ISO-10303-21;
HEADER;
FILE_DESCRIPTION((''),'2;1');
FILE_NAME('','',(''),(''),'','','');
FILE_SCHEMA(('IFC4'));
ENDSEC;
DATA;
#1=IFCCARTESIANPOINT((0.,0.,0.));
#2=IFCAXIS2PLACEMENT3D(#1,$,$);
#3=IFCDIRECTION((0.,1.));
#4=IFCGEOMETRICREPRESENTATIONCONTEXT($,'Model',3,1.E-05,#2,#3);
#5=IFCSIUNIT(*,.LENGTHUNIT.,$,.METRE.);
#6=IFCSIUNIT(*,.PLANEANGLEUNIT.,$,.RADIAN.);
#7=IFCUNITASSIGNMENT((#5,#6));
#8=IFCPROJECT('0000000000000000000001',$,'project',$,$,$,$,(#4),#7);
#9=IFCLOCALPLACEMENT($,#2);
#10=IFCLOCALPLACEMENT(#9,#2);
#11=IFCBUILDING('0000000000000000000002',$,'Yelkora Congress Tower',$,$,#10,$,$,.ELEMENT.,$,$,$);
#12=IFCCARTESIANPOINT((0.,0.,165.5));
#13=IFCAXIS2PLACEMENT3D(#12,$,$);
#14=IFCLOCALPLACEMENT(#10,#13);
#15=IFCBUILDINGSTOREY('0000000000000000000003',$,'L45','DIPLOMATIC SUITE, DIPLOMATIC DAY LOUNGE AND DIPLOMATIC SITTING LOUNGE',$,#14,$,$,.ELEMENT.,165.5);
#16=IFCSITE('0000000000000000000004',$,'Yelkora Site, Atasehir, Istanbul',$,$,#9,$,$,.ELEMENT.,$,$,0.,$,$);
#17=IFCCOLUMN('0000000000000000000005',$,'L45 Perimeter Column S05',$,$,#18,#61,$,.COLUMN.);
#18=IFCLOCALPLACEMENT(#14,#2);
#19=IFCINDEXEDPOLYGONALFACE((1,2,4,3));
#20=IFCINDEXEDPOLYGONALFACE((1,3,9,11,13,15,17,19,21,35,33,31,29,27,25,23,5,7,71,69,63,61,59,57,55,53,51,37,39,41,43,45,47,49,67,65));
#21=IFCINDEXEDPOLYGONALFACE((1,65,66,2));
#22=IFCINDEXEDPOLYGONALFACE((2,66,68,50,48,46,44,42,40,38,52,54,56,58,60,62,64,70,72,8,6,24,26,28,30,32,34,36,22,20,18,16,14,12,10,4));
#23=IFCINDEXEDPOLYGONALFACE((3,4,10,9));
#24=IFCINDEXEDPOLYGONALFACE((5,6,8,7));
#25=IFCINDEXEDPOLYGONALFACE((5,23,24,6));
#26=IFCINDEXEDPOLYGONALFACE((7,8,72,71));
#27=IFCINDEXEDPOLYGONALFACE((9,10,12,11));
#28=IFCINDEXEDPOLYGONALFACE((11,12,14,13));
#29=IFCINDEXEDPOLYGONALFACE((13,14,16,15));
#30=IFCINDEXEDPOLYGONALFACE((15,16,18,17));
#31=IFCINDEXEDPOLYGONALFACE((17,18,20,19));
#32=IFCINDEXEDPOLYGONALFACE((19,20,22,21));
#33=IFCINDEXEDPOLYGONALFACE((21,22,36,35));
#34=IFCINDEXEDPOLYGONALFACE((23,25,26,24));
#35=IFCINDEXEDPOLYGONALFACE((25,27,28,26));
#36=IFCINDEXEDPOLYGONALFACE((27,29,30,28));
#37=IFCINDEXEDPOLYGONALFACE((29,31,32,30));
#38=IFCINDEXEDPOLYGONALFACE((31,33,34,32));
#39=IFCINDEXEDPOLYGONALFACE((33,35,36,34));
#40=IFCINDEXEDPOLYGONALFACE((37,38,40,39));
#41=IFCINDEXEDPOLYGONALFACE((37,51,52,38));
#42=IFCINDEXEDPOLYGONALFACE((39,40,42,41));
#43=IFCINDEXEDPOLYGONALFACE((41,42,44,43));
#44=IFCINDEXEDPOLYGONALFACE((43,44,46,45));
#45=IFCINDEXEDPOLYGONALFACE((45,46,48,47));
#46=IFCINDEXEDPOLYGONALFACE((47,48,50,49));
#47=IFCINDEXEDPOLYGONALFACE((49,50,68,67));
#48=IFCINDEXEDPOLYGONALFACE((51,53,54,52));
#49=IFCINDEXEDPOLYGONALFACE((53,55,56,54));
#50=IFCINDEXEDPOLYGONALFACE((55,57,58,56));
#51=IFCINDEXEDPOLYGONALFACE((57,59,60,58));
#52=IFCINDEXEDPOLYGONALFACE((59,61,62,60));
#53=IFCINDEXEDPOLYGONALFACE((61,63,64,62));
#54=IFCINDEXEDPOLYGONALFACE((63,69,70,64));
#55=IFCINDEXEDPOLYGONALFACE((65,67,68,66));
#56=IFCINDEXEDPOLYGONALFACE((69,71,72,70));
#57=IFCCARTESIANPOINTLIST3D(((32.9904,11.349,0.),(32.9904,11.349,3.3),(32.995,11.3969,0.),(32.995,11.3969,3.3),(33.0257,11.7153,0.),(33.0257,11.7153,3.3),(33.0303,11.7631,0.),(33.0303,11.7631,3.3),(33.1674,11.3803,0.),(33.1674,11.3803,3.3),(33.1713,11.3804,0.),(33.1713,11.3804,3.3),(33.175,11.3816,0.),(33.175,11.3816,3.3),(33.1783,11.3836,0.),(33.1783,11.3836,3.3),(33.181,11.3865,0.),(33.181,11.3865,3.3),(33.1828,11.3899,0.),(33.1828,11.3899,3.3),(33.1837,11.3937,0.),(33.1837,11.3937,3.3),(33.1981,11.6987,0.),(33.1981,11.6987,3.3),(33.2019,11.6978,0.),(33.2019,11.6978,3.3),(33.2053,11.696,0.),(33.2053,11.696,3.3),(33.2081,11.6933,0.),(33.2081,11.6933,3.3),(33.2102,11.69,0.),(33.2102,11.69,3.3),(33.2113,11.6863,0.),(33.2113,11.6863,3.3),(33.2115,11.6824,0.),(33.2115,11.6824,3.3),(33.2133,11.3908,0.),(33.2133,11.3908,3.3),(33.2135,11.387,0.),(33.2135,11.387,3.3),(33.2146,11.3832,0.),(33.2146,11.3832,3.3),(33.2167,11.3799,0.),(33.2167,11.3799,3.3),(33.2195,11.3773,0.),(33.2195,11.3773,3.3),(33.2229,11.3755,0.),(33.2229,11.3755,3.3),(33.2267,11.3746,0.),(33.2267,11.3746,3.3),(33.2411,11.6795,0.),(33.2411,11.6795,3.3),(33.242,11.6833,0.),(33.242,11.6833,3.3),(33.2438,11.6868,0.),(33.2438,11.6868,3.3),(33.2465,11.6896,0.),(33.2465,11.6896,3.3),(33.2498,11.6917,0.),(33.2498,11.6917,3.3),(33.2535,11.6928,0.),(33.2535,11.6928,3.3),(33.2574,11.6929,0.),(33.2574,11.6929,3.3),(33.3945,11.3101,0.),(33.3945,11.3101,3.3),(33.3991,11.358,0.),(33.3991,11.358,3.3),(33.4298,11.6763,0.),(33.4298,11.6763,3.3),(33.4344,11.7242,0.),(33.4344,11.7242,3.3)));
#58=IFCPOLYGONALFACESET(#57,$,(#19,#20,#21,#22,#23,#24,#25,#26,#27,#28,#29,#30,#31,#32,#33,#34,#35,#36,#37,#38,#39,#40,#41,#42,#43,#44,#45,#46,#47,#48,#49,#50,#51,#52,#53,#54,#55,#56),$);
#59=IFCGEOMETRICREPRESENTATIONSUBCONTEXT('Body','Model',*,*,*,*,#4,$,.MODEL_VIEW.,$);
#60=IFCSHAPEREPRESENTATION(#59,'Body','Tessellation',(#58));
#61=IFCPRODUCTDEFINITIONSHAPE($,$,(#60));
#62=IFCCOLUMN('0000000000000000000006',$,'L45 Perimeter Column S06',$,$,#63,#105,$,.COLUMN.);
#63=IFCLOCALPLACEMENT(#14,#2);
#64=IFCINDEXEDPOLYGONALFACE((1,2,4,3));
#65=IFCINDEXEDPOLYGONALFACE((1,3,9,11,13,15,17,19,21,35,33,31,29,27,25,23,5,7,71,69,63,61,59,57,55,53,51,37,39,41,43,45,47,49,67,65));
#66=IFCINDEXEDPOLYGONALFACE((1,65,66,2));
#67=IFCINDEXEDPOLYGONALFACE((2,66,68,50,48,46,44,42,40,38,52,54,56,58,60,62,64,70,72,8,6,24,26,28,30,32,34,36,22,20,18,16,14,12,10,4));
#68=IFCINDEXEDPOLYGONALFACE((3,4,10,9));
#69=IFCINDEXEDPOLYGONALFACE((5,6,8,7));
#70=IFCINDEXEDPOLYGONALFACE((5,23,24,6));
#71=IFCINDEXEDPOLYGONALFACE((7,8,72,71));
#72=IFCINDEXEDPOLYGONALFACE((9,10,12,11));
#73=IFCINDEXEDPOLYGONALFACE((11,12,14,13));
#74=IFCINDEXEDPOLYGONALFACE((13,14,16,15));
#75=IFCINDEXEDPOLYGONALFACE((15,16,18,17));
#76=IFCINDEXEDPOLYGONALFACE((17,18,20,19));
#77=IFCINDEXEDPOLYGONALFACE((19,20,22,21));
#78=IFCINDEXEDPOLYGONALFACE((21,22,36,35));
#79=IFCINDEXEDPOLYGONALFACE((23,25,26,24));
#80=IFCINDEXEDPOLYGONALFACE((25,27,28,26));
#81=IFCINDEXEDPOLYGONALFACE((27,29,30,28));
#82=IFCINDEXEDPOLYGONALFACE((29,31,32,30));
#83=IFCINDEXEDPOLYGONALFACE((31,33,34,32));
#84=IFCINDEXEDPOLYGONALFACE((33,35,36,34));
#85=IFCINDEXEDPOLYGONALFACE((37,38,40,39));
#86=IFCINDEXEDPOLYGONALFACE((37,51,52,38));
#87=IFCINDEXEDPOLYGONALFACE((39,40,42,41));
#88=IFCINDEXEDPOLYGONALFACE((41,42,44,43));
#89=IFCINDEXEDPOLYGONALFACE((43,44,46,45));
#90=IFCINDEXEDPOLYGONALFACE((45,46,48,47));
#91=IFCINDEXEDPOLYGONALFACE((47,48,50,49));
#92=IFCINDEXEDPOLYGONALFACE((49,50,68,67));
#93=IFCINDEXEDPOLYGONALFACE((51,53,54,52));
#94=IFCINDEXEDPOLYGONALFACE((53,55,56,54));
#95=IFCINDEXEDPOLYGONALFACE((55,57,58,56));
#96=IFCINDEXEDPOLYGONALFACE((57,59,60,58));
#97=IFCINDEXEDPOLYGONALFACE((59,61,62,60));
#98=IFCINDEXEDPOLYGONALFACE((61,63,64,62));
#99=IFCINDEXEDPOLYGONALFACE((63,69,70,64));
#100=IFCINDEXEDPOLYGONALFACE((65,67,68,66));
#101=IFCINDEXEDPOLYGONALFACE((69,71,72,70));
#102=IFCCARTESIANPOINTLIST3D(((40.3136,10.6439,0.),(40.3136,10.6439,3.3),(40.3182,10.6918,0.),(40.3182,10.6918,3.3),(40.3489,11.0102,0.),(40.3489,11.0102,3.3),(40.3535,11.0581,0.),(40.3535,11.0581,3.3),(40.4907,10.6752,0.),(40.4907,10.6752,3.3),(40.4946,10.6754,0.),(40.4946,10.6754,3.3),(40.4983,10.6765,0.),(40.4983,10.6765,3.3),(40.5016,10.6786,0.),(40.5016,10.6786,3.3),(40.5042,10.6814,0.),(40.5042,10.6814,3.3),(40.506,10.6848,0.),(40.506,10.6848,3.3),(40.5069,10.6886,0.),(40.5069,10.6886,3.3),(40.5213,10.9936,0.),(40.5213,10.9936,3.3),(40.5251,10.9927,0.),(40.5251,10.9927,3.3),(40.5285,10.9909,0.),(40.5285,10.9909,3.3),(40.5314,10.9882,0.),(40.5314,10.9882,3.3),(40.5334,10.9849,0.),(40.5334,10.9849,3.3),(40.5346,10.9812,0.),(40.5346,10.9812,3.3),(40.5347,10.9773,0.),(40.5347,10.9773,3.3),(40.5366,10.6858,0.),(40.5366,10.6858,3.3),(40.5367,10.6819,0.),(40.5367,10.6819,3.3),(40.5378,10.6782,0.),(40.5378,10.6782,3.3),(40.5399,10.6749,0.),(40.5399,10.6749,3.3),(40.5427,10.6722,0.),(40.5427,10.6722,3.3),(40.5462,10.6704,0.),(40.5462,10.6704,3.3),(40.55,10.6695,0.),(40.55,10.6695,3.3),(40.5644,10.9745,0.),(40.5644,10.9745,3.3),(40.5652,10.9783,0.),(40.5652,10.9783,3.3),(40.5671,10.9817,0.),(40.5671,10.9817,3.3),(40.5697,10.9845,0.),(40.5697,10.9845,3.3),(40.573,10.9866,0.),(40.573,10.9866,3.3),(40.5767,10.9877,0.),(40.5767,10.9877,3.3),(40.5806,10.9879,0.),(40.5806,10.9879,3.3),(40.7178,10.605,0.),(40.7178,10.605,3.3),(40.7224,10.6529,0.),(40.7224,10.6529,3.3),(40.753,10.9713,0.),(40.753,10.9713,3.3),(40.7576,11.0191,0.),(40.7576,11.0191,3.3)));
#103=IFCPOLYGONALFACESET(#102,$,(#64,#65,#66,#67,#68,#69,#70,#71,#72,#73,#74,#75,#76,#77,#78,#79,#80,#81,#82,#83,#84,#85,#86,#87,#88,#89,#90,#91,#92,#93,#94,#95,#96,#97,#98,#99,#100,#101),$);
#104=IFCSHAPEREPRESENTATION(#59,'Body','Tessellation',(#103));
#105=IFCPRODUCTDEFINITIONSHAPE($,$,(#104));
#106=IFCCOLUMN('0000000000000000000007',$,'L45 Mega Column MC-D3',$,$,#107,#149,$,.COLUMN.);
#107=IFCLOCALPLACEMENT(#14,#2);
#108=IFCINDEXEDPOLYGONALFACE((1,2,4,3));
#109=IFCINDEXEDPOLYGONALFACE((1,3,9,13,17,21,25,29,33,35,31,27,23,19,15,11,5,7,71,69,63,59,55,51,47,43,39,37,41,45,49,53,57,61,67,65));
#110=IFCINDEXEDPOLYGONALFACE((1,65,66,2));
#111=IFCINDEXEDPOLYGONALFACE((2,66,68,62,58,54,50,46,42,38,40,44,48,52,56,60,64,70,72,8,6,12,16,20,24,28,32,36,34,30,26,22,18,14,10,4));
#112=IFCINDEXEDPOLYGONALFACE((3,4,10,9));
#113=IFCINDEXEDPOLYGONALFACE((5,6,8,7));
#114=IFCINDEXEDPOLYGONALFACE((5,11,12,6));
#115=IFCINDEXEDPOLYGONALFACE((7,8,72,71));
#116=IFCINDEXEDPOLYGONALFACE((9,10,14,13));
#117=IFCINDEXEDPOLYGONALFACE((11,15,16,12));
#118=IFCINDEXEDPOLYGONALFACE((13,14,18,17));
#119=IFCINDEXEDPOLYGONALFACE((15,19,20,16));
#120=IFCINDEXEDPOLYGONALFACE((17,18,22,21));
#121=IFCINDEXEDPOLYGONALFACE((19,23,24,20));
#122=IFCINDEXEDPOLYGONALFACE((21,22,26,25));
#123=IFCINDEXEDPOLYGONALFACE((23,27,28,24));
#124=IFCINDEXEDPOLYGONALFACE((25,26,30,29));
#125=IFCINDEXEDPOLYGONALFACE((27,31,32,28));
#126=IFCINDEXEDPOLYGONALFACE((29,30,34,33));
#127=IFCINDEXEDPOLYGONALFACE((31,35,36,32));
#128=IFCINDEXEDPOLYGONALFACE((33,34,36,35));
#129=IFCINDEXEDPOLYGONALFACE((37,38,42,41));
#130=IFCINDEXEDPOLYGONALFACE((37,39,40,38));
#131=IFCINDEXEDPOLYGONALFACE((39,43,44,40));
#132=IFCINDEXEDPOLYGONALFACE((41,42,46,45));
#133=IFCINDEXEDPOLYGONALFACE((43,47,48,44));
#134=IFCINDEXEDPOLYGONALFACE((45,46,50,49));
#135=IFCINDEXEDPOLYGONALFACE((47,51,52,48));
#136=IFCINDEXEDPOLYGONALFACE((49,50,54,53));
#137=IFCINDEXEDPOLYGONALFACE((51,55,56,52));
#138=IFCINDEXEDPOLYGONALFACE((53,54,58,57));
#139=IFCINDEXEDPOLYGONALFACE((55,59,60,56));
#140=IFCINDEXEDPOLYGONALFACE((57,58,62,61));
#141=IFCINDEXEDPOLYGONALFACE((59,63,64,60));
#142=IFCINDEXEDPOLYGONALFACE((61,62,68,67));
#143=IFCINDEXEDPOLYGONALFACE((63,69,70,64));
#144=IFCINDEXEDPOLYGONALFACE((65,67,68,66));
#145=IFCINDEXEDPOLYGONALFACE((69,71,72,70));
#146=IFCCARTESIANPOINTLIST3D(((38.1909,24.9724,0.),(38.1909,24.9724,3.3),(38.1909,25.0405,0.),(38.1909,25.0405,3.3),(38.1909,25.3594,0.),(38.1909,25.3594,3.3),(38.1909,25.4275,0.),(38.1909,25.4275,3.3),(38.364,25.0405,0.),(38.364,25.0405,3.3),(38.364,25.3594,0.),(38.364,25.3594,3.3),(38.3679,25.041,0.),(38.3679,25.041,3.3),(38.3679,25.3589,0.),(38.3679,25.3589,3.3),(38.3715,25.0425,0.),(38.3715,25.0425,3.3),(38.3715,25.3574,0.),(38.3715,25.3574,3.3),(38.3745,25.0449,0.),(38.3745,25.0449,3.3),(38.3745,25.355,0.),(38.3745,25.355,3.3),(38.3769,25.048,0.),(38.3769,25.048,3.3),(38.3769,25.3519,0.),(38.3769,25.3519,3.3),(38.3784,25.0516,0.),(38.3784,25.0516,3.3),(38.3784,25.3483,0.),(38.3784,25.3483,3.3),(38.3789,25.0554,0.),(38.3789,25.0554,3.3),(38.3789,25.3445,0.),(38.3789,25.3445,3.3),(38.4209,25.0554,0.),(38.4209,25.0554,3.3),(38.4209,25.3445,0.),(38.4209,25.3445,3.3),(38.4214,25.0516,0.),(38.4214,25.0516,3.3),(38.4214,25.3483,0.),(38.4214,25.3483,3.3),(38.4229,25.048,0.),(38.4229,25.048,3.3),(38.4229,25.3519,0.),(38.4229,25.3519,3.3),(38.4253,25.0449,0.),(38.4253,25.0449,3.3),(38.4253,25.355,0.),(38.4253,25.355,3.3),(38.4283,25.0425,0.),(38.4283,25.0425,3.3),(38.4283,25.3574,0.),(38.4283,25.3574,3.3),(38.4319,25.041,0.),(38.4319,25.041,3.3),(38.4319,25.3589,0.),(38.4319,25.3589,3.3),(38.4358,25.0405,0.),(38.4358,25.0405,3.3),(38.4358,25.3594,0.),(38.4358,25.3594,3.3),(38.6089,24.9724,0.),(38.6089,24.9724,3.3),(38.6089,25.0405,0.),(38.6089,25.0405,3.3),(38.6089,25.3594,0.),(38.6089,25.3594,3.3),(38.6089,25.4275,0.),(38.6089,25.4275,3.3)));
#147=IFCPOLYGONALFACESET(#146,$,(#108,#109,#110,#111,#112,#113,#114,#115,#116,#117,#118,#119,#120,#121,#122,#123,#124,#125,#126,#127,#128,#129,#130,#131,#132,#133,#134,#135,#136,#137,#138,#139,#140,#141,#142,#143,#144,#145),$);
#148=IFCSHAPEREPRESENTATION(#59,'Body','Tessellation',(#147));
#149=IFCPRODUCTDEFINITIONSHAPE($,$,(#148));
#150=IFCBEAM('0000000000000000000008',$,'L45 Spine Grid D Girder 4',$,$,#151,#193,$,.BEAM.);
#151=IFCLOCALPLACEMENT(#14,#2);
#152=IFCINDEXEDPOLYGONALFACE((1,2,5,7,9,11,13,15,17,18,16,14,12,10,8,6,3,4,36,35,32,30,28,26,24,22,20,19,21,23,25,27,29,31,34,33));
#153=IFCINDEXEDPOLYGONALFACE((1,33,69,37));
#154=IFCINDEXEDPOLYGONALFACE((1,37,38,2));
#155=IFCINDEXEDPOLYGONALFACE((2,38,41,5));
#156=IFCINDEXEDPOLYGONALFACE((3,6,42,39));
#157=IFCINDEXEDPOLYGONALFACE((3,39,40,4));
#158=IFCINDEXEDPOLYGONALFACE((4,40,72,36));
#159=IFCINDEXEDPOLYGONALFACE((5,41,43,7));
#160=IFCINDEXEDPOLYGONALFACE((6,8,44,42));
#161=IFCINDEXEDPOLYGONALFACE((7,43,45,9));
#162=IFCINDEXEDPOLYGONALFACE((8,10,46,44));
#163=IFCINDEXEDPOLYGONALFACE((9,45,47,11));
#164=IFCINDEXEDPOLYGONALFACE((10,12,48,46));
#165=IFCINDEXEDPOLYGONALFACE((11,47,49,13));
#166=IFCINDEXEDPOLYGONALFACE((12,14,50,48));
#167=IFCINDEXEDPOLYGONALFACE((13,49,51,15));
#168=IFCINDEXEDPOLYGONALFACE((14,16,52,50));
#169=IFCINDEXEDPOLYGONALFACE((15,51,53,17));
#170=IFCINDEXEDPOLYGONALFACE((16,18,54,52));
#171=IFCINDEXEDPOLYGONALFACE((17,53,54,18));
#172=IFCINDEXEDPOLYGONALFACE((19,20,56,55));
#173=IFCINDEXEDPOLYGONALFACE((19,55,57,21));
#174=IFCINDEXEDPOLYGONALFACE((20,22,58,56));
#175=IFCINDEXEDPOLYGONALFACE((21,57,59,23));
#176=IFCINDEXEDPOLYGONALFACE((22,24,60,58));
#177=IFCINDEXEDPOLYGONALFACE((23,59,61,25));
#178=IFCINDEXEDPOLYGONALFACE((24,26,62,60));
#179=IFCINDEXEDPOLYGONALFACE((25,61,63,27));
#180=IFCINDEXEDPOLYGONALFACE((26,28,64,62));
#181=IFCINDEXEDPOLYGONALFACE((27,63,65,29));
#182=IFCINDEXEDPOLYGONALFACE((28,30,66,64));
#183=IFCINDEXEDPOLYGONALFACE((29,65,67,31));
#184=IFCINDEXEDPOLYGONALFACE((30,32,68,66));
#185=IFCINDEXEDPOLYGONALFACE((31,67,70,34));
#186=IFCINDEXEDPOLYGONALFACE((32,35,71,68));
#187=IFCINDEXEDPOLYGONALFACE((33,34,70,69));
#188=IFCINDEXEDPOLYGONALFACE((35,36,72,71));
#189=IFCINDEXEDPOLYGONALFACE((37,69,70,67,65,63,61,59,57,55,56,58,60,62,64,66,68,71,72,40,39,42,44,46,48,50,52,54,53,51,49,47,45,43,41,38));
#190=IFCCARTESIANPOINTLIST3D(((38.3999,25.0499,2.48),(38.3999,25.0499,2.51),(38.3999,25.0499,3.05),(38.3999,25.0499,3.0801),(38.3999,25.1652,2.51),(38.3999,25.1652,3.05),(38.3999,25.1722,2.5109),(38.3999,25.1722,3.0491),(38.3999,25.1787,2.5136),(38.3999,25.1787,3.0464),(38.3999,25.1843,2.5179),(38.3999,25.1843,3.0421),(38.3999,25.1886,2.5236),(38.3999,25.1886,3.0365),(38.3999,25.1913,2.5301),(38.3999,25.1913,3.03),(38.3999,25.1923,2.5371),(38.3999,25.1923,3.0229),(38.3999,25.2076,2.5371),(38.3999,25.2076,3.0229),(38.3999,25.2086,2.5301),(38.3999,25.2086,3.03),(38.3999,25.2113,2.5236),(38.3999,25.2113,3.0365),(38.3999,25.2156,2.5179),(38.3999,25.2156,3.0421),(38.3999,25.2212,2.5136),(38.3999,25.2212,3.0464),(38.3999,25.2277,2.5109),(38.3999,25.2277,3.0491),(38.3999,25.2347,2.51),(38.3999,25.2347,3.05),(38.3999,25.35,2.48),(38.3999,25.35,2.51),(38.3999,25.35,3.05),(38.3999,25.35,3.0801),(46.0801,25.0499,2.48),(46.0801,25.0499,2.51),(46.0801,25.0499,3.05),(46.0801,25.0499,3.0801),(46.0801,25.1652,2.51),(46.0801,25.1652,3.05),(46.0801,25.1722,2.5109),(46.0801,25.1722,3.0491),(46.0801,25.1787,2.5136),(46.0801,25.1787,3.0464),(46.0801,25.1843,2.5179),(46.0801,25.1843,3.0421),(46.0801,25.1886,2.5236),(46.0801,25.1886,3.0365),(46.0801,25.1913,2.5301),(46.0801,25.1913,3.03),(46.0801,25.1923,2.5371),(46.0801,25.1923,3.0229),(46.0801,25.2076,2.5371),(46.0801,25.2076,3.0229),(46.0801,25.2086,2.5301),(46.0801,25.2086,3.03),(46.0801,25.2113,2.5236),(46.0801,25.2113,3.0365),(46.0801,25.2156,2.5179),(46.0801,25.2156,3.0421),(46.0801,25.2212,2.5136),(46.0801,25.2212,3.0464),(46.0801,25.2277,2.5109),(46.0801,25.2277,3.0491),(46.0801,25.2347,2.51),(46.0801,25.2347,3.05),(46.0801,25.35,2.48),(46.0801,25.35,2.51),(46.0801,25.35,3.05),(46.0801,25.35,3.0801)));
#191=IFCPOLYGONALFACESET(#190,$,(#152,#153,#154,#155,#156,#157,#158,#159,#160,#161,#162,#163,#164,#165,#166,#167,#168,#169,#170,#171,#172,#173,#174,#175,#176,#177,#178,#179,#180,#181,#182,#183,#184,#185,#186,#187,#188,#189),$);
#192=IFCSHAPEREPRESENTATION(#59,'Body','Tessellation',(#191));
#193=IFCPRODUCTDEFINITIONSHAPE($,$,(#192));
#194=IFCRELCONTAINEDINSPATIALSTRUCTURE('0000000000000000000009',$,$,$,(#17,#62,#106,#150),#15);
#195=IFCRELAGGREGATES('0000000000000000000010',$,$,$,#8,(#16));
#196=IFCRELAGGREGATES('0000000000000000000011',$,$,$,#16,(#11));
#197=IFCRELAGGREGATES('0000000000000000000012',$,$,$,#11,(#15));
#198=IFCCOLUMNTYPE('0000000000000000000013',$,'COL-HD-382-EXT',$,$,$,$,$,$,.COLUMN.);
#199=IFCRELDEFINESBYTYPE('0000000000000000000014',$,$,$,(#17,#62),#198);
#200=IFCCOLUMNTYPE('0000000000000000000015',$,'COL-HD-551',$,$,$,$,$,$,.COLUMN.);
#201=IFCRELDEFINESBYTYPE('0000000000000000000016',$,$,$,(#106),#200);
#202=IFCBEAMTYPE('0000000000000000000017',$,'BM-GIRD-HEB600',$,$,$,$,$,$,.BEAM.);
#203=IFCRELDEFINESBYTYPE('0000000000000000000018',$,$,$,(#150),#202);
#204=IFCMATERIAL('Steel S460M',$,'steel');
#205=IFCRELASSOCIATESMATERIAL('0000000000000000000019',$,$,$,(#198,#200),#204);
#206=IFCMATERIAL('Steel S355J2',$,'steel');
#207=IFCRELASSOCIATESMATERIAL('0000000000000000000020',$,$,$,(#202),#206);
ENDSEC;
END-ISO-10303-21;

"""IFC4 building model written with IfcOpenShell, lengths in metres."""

from ifc_helpers import new_model, si_unit, direction, frame, origin, origin_2d, place, context, subcontext, project, spatial, i_section, extrude, material, material_profile, profile_set, type_object, element, save


model = new_model("IFC4")

# Units and contexts
model_context = context("Model", 3, precision=1e-05, world=origin(), true_north=direction((0.0, 1.0)))
body_context = subcontext(model_context, "Body", "Model", "MODEL_VIEW")
ifc_project = project(units=[si_unit("LENGTHUNIT", "METRE"), si_unit("PLANEANGLEUNIT", "RADIAN")], contexts=[model_context])

# Site, building, storey
site_placement = place(None, origin())
site = spatial("IfcSite", under=ifc_project, at=site_placement, Name="Yelkora Site, Atasehir, Istanbul", CompositionType="ELEMENT", RefElevation=0.0)
building_placement = place(site_placement, origin())
building = spatial("IfcBuilding", under=site, at=building_placement, Name="Yelkora Congress Tower", CompositionType="ELEMENT")
storey_placement = place(building_placement, frame((0.0, 0.0, 165.5)))
storey = spatial("IfcBuildingStorey", under=building, at=storey_placement, Name="L45", Description="DIPLOMATIC SUITE, DIPLOMATIC DAY LOUNGE AND DIPLOMATIC SITTING LOUNGE", CompositionType="ELEMENT", Elevation=165.5)

# Columns
ifc_material_1 = material(Name="Steel S460M", Category="steel")
ifc_material_profile_1 = material_profile(ifc_material_1, i_section(OverallWidth=0.406, OverallDepth=0.416, WebThickness=0.0298, FlangeThickness=0.0481, FilletRadius=0.0149, at=origin_2d()), Name="HD 400x382")
ifc_profile_set_1 = profile_set([ifc_material_profile_1], Name="Steel S460M")
column_type_1 = type_object("IfcColumnType", Name="COL-HD-382-EXT", PredefinedType="COLUMN", material=ifc_profile_set_1)
for number, where, z_axis, x_axis, name in (
    (1, (33.2124, 11.5366, 0.0), (0.0, 0.0, 1.0), (0.995396, -0.095846, 0.0), "L45 Perimeter Column S05"),
    (2, (40.5356, 10.8315, 0.0), (0.0, 0.0, 1.0), (0.995396, -0.095846, 0.0), "L45 Perimeter Column S06"),
):
    element("IfcColumn", number, at=place(storey_placement, frame(where, z_axis=z_axis, x_axis=x_axis)), inside=storey, type_object=column_type_1, Name=name, PredefinedType="COLUMN", context=body_context, shape_type="SweptSolid", body=[
        extrude(i_section(OverallWidth=0.406, OverallDepth=0.416, WebThickness=0.0298, FlangeThickness=0.0481, FilletRadius=0.0149, at=origin_2d()), origin(), (0.0, 0.0, 1.0), 3.3),
    ])
ifc_material_profile_2 = material_profile(ifc_material_1, i_section(OverallWidth=0.418, OverallDepth=0.4551, WebThickness=0.042, FlangeThickness=0.0681, FilletRadius=0.0149, at=origin_2d()), Name="HD 400x551")
ifc_profile_set_2 = profile_set([ifc_material_profile_2], Name="Steel S460M")
column_type_2 = type_object("IfcColumnType", Name="COL-HD-551", PredefinedType="COLUMN", material=ifc_profile_set_2)
column_placement = place(storey_placement, frame((38.3999, 25.2, 0.0), z_axis=(0.0, 0.0, 1.0), x_axis=(1.0, 0.0, 0.0)))
element("IfcColumn", 3, at=column_placement, inside=storey, type_object=column_type_2, Name="L45 Mega Column MC-D3", PredefinedType="COLUMN", context=body_context, shape_type="SweptSolid", body=[
    extrude(i_section(OverallWidth=0.418, OverallDepth=0.4551, WebThickness=0.042, FlangeThickness=0.0681, FilletRadius=0.0149, at=origin_2d()), origin(), (0.0, 0.0, 1.0), 3.3),
])

# Beam
ifc_material_2 = material(Name="Steel S355J2", Category="steel")
ifc_material_profile_3 = material_profile(ifc_material_2, i_section(OverallWidth=0.3, OverallDepth=0.6001, WebThickness=0.0154, FlangeThickness=0.03, FilletRadius=0.0271, at=origin_2d()), Name="HEB 600")
ifc_profile_set_3 = profile_set([ifc_material_profile_3], Name="Steel S355J2")
beam_type_1 = type_object("IfcBeamType", Name="BM-GIRD-HEB600", PredefinedType="BEAM", material=ifc_profile_set_3)
beam_1_placement = place(storey_placement, frame((38.3999, 25.2, 2.78), z_axis=(1.0, 0.0, 0.0), x_axis=(0.0, 1.0, 0.0)))
element("IfcBeam", 4, at=beam_1_placement, inside=storey, type_object=beam_type_1, Name="L45 Spine Grid D Girder 4", PredefinedType="BEAM", context=body_context, shape_type="SweptSolid", body=[
    extrude(i_section(OverallWidth=0.3, OverallDepth=0.6001, WebThickness=0.0154, FlangeThickness=0.03, FilletRadius=0.0271, at=origin_2d()), origin(), (0.0, 0.0, 1.0), 7.6802),
])

save(model, "model.ifc")
